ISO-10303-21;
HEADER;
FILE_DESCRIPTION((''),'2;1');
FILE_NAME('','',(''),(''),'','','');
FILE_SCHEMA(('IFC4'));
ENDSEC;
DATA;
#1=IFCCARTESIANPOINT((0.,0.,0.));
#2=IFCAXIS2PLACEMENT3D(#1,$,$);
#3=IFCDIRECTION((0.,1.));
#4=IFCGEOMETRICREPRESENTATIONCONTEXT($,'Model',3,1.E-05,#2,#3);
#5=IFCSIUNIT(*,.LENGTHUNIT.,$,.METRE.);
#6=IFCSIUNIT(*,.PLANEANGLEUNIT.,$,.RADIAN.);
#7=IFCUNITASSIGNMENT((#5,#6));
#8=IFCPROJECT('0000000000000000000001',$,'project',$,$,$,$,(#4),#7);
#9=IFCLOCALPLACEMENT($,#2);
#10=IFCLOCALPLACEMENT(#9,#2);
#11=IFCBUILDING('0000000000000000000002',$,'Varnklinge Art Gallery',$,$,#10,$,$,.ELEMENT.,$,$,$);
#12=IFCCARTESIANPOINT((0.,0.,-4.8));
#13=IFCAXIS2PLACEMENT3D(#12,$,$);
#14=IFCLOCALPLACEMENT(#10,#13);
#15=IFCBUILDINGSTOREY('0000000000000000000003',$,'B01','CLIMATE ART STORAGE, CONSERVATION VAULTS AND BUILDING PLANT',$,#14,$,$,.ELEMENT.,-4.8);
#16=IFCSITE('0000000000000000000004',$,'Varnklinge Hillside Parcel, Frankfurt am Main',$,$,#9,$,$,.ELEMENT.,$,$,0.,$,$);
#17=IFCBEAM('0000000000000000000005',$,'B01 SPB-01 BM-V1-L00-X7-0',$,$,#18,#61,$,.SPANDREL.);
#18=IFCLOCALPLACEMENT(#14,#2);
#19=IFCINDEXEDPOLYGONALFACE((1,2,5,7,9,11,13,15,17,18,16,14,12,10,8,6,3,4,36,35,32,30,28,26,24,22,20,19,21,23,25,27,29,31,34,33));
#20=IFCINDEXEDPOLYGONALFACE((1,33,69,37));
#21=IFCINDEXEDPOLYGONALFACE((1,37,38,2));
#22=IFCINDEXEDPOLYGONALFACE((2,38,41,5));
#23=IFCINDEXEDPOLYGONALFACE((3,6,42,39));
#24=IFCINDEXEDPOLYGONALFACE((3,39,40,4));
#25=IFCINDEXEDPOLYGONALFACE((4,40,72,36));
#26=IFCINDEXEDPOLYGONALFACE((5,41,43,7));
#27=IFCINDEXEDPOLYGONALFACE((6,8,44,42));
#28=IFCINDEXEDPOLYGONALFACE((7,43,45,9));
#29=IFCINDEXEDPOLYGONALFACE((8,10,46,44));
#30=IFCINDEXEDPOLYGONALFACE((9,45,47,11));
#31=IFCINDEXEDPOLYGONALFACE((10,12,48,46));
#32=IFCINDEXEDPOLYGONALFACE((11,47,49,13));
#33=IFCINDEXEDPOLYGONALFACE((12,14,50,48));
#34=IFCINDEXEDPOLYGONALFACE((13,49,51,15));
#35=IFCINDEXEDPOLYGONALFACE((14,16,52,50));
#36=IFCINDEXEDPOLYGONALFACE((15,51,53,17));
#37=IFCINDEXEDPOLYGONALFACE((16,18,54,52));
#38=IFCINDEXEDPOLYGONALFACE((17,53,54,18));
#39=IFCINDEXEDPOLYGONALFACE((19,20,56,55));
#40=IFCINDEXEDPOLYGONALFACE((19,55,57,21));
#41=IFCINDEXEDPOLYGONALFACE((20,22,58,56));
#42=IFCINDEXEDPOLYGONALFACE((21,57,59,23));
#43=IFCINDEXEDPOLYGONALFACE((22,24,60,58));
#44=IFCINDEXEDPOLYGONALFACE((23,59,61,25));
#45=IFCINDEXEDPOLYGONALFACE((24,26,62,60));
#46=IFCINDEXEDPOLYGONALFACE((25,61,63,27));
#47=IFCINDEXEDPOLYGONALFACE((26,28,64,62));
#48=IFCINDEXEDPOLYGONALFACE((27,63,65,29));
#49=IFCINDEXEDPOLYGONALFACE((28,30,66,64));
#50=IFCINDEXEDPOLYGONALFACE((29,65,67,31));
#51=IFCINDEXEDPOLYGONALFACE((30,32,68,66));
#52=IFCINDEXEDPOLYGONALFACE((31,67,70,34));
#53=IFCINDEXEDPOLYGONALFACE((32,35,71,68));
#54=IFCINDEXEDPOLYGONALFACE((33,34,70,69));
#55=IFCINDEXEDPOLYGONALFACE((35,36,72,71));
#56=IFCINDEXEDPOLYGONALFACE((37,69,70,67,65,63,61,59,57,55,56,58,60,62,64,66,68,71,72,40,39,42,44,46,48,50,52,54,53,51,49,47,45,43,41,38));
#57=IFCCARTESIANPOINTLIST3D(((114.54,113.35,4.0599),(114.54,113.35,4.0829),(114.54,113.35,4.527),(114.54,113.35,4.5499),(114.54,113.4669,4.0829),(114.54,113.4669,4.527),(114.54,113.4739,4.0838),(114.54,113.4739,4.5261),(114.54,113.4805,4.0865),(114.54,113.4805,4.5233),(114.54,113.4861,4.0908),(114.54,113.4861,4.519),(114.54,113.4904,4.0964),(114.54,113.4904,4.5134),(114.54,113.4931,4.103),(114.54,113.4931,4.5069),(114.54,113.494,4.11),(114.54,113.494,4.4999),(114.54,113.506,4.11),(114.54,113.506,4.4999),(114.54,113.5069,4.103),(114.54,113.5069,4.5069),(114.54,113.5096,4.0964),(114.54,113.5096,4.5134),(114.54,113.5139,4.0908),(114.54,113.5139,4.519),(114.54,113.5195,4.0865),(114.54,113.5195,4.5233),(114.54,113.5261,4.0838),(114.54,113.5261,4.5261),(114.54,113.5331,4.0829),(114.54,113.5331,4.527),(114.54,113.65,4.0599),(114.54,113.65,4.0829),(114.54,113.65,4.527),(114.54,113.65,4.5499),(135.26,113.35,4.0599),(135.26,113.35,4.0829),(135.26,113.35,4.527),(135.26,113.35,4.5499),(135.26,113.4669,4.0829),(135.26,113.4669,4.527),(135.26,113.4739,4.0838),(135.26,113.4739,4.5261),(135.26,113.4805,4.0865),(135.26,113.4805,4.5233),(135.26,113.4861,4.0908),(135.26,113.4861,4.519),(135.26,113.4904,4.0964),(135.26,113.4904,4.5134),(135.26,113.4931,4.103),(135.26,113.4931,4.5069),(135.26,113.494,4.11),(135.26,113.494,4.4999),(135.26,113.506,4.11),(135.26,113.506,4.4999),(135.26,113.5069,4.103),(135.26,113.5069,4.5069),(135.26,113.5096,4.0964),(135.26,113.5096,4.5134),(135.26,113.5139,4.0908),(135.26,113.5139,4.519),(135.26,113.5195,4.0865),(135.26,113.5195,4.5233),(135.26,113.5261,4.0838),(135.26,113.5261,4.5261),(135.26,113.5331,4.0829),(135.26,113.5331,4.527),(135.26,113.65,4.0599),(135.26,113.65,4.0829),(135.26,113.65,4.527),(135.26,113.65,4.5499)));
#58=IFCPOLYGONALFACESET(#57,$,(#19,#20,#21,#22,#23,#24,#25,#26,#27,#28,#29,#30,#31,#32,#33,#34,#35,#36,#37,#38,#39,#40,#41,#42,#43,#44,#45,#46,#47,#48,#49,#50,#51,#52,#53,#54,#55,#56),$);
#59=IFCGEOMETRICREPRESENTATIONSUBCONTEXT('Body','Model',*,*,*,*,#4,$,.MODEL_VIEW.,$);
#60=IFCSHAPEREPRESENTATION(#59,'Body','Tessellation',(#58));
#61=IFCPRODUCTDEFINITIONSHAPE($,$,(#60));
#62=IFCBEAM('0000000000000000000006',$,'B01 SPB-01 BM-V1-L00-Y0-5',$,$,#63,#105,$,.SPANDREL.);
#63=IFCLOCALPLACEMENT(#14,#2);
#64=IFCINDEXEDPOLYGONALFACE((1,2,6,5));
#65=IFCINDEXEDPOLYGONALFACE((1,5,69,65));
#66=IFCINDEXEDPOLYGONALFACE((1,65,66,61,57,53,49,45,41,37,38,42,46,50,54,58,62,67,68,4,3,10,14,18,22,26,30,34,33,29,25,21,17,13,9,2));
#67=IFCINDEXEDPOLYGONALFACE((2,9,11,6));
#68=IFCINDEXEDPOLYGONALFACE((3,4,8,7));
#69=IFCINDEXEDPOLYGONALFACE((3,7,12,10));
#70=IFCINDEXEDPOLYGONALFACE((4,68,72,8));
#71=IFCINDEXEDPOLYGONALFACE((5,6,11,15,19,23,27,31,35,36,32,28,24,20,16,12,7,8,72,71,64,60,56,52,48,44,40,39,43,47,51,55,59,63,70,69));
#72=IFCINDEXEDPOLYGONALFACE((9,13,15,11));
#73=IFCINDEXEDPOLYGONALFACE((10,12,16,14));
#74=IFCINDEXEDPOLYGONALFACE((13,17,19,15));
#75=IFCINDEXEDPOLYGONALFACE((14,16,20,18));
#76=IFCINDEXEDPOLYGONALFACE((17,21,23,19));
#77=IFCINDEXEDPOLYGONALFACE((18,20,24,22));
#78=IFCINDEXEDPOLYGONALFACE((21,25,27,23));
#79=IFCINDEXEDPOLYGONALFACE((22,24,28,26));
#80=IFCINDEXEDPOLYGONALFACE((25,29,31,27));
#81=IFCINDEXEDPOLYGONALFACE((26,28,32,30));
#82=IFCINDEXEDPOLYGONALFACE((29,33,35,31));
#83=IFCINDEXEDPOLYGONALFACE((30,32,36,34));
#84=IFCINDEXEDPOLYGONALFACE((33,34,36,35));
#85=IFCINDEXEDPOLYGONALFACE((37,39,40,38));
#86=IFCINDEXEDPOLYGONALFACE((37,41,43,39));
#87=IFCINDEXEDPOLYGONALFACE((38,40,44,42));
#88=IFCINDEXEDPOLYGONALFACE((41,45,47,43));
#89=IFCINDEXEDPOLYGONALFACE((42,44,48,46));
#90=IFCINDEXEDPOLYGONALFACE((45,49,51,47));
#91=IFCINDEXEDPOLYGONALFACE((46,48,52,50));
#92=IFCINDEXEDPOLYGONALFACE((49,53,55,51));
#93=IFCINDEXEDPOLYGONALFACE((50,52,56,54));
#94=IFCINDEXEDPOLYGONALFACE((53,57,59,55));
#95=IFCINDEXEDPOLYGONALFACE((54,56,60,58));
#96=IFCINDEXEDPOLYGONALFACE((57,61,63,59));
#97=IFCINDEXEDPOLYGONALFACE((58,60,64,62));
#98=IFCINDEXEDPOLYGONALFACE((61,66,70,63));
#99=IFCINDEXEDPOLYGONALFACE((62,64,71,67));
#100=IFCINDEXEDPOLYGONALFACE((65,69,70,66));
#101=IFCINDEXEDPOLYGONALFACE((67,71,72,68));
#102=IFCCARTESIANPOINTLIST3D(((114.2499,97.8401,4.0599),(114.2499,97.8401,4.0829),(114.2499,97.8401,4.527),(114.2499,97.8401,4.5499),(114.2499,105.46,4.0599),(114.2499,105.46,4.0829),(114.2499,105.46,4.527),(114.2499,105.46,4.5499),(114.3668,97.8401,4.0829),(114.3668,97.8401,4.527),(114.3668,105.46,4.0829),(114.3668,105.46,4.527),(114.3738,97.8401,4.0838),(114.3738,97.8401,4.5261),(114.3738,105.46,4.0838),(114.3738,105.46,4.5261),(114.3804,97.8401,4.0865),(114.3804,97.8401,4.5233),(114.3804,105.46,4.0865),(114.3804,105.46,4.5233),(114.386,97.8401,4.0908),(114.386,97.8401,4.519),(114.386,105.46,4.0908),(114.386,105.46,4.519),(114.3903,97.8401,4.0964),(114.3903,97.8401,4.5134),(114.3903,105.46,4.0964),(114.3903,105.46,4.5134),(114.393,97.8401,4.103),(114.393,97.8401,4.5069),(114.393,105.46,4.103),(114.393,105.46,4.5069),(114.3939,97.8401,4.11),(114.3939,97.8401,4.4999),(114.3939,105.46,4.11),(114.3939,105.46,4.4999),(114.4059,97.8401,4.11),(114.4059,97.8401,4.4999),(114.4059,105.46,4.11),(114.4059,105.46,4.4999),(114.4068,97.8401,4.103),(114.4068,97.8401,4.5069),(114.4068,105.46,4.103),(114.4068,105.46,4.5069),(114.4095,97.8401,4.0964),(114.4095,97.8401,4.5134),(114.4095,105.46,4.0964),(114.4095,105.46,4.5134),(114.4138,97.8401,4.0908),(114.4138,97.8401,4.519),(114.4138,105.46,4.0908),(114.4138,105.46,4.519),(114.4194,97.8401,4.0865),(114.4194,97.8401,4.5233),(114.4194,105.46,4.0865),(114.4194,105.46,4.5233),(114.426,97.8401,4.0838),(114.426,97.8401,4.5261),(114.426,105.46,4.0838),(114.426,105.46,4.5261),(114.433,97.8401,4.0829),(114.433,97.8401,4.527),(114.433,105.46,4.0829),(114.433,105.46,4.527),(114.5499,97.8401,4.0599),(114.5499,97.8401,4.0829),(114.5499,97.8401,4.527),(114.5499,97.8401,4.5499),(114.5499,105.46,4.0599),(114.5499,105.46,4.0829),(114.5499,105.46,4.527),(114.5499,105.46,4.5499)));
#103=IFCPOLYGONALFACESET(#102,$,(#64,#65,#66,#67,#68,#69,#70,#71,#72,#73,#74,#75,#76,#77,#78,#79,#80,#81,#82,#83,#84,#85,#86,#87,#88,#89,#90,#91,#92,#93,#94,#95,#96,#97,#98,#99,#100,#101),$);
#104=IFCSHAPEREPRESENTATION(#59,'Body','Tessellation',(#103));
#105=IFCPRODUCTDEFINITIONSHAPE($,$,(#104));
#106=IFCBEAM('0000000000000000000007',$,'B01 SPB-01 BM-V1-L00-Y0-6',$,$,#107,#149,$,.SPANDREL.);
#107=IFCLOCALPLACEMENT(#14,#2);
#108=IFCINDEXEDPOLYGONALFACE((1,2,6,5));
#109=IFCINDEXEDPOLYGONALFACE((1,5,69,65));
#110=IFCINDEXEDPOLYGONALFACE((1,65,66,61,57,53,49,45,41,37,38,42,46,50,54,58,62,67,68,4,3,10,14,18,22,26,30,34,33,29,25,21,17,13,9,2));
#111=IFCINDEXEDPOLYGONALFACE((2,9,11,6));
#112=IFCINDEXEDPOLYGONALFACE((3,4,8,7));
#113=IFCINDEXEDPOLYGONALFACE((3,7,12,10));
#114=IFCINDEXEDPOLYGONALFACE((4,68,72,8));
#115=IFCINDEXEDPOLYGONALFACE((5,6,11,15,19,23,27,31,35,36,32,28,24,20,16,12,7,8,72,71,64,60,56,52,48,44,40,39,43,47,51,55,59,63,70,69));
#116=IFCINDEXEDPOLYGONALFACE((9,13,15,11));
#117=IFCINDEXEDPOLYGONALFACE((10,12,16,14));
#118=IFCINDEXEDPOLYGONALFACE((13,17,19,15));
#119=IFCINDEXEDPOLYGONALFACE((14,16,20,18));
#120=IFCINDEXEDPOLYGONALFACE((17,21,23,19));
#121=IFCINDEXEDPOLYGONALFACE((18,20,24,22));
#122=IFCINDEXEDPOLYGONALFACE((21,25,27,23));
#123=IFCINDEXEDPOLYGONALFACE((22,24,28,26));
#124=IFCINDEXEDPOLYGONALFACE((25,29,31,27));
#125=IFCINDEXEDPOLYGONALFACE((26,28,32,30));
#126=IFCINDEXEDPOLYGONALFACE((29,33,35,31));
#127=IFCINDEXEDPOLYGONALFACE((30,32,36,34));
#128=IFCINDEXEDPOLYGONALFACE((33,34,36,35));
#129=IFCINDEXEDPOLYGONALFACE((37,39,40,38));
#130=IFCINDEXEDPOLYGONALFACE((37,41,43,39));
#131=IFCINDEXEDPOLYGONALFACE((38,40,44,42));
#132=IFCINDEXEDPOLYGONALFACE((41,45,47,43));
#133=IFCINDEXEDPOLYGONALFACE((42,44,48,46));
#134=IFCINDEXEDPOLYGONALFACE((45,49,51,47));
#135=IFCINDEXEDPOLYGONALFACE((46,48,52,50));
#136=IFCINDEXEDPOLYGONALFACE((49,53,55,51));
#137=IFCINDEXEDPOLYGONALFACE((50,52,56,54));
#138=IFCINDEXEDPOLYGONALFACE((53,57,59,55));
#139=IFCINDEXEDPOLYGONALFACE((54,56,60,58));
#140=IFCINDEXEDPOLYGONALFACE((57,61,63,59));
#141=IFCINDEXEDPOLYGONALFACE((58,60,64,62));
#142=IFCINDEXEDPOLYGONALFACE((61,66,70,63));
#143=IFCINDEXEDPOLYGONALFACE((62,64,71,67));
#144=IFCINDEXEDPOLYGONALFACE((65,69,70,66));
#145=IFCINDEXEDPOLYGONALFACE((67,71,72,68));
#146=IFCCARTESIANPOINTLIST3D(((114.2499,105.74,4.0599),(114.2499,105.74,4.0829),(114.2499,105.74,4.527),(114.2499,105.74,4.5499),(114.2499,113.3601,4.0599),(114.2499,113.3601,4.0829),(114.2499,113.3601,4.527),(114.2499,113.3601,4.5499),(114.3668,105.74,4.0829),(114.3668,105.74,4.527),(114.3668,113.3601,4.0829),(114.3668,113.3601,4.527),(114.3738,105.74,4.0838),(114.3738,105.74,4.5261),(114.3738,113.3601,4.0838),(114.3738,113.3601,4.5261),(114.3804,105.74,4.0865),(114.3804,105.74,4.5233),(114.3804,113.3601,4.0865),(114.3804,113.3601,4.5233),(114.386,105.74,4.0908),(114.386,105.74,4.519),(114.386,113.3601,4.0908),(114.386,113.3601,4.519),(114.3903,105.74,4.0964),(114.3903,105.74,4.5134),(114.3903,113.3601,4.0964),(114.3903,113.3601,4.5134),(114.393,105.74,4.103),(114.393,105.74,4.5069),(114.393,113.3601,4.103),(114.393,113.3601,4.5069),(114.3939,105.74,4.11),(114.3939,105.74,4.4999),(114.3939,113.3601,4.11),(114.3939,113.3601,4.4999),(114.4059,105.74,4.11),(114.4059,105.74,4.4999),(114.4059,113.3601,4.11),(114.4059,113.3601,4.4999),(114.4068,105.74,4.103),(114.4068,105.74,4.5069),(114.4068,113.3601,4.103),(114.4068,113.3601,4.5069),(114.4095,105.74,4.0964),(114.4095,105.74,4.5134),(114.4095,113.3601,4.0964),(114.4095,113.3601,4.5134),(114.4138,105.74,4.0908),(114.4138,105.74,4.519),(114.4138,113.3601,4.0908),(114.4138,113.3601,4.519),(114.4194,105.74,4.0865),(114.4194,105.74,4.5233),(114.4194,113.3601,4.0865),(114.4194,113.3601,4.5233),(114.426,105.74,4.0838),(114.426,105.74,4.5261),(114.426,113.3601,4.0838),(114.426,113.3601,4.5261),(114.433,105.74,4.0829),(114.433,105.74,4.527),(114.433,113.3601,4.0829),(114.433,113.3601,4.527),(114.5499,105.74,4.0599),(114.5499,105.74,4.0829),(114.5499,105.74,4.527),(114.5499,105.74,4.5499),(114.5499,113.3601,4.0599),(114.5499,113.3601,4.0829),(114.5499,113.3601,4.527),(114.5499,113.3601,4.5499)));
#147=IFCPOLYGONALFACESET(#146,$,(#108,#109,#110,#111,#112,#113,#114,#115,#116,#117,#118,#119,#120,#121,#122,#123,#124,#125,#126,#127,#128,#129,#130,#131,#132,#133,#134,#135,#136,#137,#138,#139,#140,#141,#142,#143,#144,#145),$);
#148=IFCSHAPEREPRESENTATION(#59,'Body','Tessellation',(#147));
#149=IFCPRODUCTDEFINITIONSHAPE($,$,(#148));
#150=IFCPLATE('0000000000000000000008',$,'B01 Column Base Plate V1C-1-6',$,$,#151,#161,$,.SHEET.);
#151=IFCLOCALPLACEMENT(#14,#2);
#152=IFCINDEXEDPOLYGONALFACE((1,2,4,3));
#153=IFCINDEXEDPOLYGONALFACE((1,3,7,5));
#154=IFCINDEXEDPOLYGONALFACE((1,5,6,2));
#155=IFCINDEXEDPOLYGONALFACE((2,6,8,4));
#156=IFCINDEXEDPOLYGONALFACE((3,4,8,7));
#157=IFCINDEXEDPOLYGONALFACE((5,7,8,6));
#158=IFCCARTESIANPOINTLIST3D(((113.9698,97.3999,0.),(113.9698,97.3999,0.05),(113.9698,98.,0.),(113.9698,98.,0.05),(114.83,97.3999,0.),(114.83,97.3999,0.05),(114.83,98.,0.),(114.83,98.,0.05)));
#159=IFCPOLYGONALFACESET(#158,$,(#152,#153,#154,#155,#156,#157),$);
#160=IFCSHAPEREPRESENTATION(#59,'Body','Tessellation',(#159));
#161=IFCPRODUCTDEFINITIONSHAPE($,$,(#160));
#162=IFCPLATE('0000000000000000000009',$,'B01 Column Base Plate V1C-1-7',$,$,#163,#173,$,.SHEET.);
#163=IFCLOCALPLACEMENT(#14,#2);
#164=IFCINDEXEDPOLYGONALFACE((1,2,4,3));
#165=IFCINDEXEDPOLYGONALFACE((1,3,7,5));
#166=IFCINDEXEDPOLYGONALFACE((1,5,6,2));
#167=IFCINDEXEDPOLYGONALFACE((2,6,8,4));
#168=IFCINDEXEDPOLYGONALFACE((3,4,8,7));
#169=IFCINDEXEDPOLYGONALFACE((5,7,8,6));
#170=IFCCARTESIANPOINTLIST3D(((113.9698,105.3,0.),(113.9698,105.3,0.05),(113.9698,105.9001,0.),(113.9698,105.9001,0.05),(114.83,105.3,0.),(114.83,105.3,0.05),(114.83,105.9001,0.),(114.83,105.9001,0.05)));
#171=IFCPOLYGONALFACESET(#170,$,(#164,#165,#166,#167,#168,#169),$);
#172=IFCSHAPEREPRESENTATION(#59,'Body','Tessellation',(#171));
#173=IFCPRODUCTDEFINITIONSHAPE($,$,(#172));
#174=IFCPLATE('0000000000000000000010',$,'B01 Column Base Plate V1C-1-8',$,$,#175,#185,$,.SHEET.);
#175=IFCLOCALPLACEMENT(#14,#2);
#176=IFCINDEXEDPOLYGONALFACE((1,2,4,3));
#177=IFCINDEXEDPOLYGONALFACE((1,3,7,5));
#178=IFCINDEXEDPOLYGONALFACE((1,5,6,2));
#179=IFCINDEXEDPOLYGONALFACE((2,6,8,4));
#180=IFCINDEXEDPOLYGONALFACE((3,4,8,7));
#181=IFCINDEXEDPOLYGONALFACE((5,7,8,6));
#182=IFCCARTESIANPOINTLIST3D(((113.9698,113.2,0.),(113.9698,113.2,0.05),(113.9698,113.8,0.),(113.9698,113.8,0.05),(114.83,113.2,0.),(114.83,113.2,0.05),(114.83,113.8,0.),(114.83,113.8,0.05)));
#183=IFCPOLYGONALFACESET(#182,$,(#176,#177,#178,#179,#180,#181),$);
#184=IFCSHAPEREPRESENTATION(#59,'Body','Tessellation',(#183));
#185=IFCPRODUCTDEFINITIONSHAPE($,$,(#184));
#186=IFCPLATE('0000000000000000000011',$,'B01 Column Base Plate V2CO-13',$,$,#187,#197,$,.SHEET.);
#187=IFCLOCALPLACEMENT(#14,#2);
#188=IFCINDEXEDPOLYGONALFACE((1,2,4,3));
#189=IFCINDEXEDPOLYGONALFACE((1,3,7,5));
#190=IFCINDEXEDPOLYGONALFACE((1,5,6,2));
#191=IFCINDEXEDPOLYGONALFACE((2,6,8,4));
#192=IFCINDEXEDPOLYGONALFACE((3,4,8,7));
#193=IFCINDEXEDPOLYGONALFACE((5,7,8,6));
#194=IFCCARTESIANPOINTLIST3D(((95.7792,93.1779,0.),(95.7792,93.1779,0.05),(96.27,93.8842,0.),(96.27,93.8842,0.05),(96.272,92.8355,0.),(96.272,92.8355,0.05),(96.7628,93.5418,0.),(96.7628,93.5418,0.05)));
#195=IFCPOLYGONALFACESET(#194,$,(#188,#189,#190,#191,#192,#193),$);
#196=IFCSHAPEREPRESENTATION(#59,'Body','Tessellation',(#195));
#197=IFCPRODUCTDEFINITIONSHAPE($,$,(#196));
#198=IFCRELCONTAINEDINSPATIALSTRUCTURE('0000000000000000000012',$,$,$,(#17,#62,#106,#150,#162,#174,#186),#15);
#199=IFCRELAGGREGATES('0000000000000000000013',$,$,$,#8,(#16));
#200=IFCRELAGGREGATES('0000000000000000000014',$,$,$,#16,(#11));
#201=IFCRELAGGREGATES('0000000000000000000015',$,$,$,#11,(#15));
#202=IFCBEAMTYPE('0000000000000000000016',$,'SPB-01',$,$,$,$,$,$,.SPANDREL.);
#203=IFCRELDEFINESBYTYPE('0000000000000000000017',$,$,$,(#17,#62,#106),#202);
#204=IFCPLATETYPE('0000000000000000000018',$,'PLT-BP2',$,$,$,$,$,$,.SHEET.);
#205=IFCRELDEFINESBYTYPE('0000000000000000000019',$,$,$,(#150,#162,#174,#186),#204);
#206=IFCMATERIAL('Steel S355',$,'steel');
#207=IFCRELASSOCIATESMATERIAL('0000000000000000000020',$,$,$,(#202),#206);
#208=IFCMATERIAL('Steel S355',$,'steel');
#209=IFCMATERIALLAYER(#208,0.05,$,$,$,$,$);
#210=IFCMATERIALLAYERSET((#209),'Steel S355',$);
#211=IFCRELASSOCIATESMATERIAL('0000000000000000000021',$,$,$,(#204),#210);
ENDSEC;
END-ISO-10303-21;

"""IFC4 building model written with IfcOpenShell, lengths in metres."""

from ifc_helpers import new_model, si_unit, direction, frame, origin, origin_2d, place, context, subcontext, project, spatial, rectangle, i_section, extrude, material, layer, layer_set, material_profile, profile_set, type_object, element, save


model = new_model("IFC4")

# Units and contexts
model_context = context("Model", 3, precision=1e-05, world=origin(), true_north=direction((0.0, 1.0)))
body_context = subcontext(model_context, "Body", "Model", "MODEL_VIEW")
ifc_project = project(units=[si_unit("LENGTHUNIT", "METRE"), si_unit("PLANEANGLEUNIT", "RADIAN")], contexts=[model_context])

# Site, building, storey
site_placement = place(None, origin())
site = spatial("IfcSite", under=ifc_project, at=site_placement, Name="Varnklinge Hillside Parcel, Frankfurt am Main", CompositionType="ELEMENT", RefElevation=0.0)
building_placement = place(site_placement, origin())
building = spatial("IfcBuilding", under=site, at=building_placement, Name="Varnklinge Art Gallery", CompositionType="ELEMENT")
storey_placement = place(building_placement, frame((0.0, 0.0, -4.8)))
storey = spatial("IfcBuildingStorey", under=building, at=storey_placement, Name="B01", Description="CLIMATE ART STORAGE, CONSERVATION VAULTS AND BUILDING PLANT", CompositionType="ELEMENT", Elevation=-4.8)

# Beams
ifc_material_1 = material(Name="Steel S355", Category="steel")
ifc_material_profile_1 = material_profile(ifc_material_1, i_section(OverallWidth=0.3, OverallDepth=0.49, WebThickness=0.012, FlangeThickness=0.0229, FilletRadius=0.0271, at=origin_2d()), Name="HEA 500")
ifc_profile_set_1 = profile_set([ifc_material_profile_1], Name="Steel S355")
beam_type_1 = type_object("IfcBeamType", Name="SPB-01", PredefinedType="SPANDREL", material=ifc_profile_set_1)
beam_1_placement = place(storey_placement, frame((114.54, 113.5, 4.3049), z_axis=(1.0, 0.0, 0.0), x_axis=(0.0, 1.0, 0.0)))
element("IfcBeam", 1, at=beam_1_placement, inside=storey, type_object=beam_type_1, Name="B01 SPB-01 BM-V1-L00-X7-0", PredefinedType="SPANDREL", context=body_context, shape_type="SweptSolid", body=[
    extrude(i_section(OverallWidth=0.3, OverallDepth=0.49, WebThickness=0.012, FlangeThickness=0.0229, FilletRadius=0.0271, at=origin_2d()), origin(), (0.0, 0.0, 1.0), 20.72),
])
beam_2_placement = place(storey_placement, frame((114.3999, 97.8401, 4.3049), z_axis=(0.0, 1.0, 0.0), x_axis=(-1.0, 0.0, 0.0)))
element("IfcBeam", 2, at=beam_2_placement, inside=storey, type_object=beam_type_1, Name="B01 SPB-01 BM-V1-L00-Y0-5", PredefinedType="SPANDREL", context=body_context, shape_type="SweptSolid", body=[
    extrude(i_section(OverallWidth=0.3, OverallDepth=0.49, WebThickness=0.012, FlangeThickness=0.0229, FilletRadius=0.0271, at=origin_2d()), origin(), (0.0, 0.0, 1.0), 7.6199),
])
beam_3_placement = place(storey_placement, frame((114.3999, 105.74, 4.3049), z_axis=(0.0, 1.0, 0.0), x_axis=(-1.0, 0.0, 0.0)))
element("IfcBeam", 3, at=beam_3_placement, inside=storey, type_object=beam_type_1, Name="B01 SPB-01 BM-V1-L00-Y0-6", PredefinedType="SPANDREL", context=body_context, shape_type="SweptSolid", body=[
    extrude(i_section(OverallWidth=0.3, OverallDepth=0.49, WebThickness=0.012, FlangeThickness=0.0229, FilletRadius=0.0271, at=origin_2d()), origin(), (0.0, 0.0, 1.0), 7.6201),
])

# Plates
ifc_material_2 = material(Name="Steel S355", Category="steel")
ifc_layer_1 = layer(ifc_material_2, 0.05)
ifc_layer_set_1 = layer_set([ifc_layer_1], Name="Steel S355")
plate_type = type_object("IfcPlateType", Name="PLT-BP2", PredefinedType="SHEET", material=ifc_layer_set_1)
for number, where, z_axis, x_axis, name in (
    (4, (114.3999, 97.7, 0.0), (0.0, 0.0, 1.0), (1.0, 0.0, 0.0), "B01 Column Base Plate V1C-1-6"),
    (5, (114.3999, 105.6001, 0.0), (0.0, 0.0, 1.0), (1.0, 0.0, 0.0), "B01 Column Base Plate V1C-1-7"),
    (6, (114.3999, 113.5, 0.0), (0.0, 0.0, 1.0), (1.0, 0.0, 0.0), "B01 Column Base Plate V1C-1-8"),
    (7, (96.271, 93.3599, 0.0), (0.0, 0.0, 1.0), (-0.57057, -0.821249, 0.0), "B01 Column Base Plate V2CO-13"),
):
    element("IfcPlate", number, at=place(storey_placement, frame(where, z_axis=z_axis, x_axis=x_axis)), inside=storey, type_object=plate_type, Name=name, PredefinedType="SHEET", context=body_context, shape_type="SweptSolid", body=[
        extrude(rectangle(XDim=0.8601, YDim=0.6001, at=origin_2d()), origin(), (0.0, 0.0, 1.0), 0.05),
    ])

save(model, "model.ifc")
